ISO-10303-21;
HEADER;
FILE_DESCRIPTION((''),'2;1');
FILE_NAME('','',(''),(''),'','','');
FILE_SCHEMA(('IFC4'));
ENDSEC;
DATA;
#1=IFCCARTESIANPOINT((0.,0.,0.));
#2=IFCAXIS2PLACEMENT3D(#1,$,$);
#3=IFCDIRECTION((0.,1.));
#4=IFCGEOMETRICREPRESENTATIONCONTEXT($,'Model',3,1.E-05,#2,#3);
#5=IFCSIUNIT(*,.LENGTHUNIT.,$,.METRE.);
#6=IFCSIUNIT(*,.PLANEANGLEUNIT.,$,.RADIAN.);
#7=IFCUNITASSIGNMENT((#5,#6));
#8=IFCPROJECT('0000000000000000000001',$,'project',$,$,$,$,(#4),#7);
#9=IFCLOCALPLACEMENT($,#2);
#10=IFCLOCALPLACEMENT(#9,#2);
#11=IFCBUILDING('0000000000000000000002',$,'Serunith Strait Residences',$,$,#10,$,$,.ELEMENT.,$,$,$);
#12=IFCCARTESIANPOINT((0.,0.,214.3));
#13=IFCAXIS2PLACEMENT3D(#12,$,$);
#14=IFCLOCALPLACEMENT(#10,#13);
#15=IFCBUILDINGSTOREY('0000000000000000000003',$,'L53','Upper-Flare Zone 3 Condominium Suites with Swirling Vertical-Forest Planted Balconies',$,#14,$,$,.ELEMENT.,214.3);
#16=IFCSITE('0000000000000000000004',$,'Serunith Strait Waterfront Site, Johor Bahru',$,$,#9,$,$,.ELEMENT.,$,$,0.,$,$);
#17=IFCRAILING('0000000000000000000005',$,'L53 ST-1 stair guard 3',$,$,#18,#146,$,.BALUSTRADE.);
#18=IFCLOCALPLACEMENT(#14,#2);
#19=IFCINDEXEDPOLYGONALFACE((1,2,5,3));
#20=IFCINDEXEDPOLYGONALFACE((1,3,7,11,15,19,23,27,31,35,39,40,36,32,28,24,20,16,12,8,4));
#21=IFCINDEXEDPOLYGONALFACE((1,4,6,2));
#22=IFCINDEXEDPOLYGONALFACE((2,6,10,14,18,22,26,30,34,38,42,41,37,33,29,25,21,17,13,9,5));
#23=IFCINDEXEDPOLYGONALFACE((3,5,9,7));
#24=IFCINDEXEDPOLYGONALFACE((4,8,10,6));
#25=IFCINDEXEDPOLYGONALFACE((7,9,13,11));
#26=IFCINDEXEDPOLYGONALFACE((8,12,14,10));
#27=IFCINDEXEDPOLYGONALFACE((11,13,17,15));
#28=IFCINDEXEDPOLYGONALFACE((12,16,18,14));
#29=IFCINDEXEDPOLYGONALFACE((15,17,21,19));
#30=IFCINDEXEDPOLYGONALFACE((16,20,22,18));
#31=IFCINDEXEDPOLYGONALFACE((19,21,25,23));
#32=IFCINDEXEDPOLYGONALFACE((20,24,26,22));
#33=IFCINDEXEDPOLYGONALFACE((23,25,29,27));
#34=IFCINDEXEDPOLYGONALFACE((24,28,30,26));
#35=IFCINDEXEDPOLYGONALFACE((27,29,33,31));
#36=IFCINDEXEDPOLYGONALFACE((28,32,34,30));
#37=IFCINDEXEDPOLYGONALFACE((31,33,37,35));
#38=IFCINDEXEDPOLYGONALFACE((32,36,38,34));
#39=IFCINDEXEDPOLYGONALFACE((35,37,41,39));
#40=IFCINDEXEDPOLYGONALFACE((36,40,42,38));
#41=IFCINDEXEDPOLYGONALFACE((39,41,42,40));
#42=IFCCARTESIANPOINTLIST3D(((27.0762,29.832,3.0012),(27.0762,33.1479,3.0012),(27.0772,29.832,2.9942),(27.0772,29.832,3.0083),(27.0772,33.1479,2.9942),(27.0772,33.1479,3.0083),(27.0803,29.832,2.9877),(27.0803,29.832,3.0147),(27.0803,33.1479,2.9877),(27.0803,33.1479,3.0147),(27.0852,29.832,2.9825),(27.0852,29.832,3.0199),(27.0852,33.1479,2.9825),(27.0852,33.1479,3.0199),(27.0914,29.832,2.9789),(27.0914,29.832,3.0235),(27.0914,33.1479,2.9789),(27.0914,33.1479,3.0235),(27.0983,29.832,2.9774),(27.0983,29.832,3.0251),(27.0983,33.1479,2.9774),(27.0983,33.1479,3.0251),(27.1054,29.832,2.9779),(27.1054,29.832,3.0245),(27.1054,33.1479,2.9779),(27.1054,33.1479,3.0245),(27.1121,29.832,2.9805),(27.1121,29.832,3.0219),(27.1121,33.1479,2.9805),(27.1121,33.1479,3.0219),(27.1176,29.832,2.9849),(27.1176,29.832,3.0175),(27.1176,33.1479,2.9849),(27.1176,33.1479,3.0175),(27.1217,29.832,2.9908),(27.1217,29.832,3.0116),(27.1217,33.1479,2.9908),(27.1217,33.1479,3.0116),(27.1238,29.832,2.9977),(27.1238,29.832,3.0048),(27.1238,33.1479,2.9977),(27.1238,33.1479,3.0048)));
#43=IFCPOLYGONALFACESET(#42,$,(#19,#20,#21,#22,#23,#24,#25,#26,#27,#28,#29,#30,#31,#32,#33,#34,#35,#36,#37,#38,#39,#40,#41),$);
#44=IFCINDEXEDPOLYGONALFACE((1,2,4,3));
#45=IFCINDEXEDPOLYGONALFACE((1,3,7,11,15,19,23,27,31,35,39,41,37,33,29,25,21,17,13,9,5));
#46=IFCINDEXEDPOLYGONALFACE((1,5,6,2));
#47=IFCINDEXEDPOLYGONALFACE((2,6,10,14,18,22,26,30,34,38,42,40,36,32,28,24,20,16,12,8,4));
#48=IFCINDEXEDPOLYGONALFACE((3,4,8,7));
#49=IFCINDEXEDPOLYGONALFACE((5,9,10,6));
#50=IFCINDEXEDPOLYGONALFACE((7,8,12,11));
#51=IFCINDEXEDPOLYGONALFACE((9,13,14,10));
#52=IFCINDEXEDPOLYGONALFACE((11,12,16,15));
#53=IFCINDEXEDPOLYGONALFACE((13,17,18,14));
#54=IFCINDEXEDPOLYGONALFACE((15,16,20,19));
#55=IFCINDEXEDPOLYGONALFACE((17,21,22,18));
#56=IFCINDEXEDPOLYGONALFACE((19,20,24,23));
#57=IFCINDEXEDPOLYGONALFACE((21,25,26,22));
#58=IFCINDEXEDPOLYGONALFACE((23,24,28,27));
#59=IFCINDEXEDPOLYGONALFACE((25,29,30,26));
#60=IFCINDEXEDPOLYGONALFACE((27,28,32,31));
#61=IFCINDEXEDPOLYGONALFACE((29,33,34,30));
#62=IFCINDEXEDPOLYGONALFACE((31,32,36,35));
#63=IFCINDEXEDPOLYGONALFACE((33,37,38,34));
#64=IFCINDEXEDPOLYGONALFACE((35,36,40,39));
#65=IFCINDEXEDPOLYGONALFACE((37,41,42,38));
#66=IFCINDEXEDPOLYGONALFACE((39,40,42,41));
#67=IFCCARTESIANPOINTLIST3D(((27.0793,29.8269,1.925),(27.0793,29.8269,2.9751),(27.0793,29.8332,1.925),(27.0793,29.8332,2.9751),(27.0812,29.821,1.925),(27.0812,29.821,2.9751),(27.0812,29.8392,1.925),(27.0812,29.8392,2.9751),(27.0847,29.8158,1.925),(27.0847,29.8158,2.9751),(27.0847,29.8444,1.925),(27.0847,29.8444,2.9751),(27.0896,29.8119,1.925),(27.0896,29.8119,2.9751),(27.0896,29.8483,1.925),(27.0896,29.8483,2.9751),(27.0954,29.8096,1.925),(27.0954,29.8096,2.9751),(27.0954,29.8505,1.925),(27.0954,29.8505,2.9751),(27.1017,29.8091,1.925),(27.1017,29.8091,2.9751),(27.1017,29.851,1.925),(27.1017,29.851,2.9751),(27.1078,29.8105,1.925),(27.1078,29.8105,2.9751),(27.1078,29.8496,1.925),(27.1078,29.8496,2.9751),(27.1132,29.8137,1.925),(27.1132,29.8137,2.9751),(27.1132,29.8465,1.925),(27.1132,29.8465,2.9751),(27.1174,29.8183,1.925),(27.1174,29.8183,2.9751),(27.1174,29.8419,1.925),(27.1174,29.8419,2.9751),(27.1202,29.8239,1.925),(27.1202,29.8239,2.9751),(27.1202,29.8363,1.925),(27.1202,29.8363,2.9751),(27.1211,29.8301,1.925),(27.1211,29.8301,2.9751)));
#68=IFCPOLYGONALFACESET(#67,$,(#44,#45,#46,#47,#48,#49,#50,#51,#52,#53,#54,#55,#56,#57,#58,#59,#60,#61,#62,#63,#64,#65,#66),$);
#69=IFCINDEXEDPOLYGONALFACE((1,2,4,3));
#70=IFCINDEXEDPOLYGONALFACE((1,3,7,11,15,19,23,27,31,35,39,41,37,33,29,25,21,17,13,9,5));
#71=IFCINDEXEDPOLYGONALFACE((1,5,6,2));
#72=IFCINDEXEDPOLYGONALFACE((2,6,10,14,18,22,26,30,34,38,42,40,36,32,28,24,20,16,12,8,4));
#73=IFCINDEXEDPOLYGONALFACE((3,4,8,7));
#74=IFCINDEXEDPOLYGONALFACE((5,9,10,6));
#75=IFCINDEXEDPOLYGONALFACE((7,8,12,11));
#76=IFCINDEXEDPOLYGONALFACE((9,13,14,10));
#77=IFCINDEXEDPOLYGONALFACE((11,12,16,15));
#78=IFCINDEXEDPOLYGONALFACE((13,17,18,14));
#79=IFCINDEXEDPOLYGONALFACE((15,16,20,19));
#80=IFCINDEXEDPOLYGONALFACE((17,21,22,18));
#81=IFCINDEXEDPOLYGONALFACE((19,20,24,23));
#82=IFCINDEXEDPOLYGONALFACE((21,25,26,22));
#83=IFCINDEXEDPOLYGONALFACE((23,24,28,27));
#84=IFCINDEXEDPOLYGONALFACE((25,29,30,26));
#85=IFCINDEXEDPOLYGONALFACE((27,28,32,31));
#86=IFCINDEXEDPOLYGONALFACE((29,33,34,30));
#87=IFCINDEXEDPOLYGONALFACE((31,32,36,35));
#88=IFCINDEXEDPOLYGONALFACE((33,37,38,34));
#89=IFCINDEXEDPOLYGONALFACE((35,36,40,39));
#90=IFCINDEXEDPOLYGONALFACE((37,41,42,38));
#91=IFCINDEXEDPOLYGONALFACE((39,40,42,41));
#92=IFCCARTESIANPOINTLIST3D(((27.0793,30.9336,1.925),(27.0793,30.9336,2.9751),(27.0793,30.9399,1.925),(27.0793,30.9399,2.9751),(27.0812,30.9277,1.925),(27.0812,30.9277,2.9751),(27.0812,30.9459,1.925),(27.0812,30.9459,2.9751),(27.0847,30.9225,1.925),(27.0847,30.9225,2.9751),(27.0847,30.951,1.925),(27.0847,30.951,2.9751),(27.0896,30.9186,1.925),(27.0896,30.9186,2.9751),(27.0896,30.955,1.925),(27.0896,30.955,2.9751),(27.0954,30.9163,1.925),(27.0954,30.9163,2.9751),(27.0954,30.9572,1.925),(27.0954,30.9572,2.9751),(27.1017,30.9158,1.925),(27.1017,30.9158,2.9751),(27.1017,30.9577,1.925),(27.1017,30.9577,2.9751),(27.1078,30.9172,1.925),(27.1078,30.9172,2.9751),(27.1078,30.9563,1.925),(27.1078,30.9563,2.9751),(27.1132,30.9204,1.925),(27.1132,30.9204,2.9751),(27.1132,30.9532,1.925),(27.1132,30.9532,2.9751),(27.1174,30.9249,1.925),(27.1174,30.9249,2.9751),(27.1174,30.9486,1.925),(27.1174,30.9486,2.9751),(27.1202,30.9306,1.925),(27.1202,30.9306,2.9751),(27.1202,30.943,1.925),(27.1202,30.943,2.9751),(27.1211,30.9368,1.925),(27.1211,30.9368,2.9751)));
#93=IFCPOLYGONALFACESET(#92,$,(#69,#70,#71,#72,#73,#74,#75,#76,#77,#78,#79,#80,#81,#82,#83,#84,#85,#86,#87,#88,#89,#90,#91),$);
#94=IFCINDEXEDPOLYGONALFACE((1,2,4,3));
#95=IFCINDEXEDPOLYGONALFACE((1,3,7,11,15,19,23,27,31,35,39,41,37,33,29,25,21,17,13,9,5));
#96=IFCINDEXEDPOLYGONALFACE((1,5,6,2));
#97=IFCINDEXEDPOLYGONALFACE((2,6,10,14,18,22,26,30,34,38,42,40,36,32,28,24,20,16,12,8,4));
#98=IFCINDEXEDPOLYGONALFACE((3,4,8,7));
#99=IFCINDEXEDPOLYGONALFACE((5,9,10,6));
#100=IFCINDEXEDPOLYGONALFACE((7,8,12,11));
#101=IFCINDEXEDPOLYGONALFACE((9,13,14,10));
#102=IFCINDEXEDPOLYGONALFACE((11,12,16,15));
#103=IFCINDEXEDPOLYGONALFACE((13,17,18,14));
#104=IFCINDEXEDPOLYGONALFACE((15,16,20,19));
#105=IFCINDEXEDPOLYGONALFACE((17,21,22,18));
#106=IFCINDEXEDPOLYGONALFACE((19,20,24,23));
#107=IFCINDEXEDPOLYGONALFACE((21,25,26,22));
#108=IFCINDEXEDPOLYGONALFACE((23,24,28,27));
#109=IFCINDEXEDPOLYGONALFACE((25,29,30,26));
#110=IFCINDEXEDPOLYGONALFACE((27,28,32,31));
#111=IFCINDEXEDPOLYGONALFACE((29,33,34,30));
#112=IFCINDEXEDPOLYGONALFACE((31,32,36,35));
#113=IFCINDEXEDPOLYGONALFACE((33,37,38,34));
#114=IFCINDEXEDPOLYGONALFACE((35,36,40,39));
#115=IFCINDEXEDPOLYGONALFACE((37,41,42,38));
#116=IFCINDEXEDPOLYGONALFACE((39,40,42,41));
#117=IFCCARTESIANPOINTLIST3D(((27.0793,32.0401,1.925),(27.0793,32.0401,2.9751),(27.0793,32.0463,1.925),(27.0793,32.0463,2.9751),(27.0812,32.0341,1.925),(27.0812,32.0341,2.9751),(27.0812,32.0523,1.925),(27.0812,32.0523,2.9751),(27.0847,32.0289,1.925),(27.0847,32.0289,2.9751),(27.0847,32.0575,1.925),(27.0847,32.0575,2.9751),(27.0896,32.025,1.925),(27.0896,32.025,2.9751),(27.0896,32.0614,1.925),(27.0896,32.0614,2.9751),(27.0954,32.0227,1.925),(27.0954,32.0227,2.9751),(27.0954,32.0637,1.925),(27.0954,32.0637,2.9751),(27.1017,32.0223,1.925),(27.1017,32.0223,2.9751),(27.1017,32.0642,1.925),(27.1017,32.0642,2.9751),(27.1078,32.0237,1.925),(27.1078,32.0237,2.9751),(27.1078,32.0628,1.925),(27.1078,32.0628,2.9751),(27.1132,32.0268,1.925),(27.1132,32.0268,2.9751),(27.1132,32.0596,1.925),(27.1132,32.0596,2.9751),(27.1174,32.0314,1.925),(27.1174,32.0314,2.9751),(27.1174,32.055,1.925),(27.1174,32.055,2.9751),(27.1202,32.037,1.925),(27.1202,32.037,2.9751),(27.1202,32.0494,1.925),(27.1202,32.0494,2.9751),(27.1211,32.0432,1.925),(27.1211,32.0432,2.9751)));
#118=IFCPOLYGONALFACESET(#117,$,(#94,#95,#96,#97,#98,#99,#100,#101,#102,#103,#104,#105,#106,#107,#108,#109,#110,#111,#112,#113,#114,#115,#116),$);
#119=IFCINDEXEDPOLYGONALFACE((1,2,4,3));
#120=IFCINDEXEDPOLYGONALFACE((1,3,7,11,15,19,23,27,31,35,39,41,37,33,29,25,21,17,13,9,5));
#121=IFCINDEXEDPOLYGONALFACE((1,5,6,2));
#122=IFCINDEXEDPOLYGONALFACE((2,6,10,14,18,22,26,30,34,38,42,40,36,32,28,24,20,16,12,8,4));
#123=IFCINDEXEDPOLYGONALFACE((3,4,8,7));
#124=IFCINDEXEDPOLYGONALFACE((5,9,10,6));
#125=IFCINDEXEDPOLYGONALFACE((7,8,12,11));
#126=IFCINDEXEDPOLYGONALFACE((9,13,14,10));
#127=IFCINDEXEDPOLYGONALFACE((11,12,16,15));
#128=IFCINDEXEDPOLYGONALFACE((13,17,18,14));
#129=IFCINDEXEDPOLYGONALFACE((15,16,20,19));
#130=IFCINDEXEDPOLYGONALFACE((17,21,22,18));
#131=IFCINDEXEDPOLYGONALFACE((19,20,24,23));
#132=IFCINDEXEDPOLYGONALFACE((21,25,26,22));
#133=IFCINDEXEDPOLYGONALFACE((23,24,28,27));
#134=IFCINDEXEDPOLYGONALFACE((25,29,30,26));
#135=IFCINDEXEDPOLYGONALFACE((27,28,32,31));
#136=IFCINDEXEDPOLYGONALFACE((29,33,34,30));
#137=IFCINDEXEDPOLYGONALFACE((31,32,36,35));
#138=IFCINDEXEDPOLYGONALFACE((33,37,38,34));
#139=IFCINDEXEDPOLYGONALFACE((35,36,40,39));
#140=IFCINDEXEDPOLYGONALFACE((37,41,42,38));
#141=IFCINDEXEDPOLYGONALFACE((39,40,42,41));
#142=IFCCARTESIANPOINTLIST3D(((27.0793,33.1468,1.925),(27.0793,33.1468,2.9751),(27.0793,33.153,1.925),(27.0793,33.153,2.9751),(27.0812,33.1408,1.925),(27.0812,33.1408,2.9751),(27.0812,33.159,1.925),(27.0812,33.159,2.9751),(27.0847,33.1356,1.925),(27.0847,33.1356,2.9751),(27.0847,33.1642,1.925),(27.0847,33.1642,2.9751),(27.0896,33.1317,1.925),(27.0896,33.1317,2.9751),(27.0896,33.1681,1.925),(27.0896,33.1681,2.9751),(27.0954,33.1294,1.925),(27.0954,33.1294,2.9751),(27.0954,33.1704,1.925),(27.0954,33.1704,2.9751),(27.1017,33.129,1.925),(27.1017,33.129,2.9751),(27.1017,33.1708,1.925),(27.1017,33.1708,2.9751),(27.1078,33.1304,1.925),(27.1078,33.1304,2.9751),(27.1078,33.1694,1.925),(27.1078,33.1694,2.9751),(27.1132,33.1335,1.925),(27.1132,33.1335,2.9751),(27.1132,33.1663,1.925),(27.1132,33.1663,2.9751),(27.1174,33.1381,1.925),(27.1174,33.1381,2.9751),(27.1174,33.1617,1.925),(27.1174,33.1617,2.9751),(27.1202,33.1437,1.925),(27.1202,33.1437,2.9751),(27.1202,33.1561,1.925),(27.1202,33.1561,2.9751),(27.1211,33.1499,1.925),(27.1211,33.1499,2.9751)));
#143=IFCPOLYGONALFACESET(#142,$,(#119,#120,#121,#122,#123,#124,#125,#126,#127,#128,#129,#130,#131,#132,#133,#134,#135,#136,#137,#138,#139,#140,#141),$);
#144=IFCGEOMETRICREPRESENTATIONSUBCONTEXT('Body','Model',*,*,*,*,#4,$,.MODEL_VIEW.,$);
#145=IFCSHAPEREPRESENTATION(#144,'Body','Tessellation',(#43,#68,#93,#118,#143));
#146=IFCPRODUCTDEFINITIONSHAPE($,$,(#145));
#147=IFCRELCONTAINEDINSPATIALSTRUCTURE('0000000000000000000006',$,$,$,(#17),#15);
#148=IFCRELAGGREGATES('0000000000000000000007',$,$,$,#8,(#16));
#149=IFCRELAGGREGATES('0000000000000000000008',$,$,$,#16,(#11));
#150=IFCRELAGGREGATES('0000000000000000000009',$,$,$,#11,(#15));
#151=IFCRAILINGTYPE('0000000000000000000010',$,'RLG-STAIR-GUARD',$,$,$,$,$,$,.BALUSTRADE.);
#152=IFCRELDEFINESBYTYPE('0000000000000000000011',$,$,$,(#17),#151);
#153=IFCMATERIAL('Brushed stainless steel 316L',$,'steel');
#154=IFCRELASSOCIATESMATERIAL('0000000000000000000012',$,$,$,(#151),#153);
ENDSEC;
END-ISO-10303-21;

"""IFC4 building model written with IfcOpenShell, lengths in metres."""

from ifc_helpers import new_model, si_unit, direction, frame, origin, origin_2d, place, context, subcontext, project, spatial, circle, extrude, material, type_object, element, save


model = new_model("IFC4")

# Units and contexts
model_context = context("Model", 3, precision=1e-05, world=origin(), true_north=direction((0.0, 1.0)))
body_context = subcontext(model_context, "Body", "Model", "MODEL_VIEW")
ifc_project = project(units=[si_unit("LENGTHUNIT", "METRE"), si_unit("PLANEANGLEUNIT", "RADIAN")], contexts=[model_context])

# Site, building, storey
site_placement = place(None, origin())
site = spatial("IfcSite", under=ifc_project, at=site_placement, Name="Serunith Strait Waterfront Site, Johor Bahru", CompositionType="ELEMENT", RefElevation=0.0)
building_placement = place(site_placement, origin())
building = spatial("IfcBuilding", under=site, at=building_placement, Name="Serunith Strait Residences", CompositionType="ELEMENT")
storey_placement = place(building_placement, frame((0.0, 0.0, 214.3)))
storey = spatial("IfcBuildingStorey", under=building, at=storey_placement, Name="L53", Description="Upper-Flare Zone 3 Condominium Suites with Swirling Vertical-Forest Planted Balconies", CompositionType="ELEMENT", Elevation=214.3)

# Railing
ifc_material_1 = material(Name="Brushed stainless steel 316L", Category="steel")
railing_type_1 = type_object("IfcRailingType", Name="RLG-STAIR-GUARD", PredefinedType="BALUSTRADE", material=ifc_material_1)
for number, where, name in (
    (1, (27.1001, 29.8301, 1.925), "L53 ST-1 stair guard 3"),
):
    element("IfcRailing", number, at=place(storey_placement, frame(where)), inside=storey, type_object=railing_type_1, Name=name, PredefinedType="BALUSTRADE", context=body_context, shape_type="SweptSolid", body=[
        extrude(circle(Radius=0.0239, at=origin_2d()), frame((0.0, 0.002, 1.0762), z_axis=(0.0, 1.0, 0.0), x_axis=(-1.0, 0.0, 0.0)), (0.0, 0.0, 1.0), 3.3159),
        extrude(circle(Radius=0.021, at=origin_2d()), origin(), (0.0, 0.0, 1.0), 1.05),
        extrude(circle(Radius=0.021, at=origin_2d()), frame((0.0, 1.1067, 0.0)), (0.0, 0.0, 1.0), 1.05),
        extrude(circle(Radius=0.021, at=origin_2d()), frame((0.0, 2.2131, 0.0)), (0.0, 0.0, 1.0), 1.05),
        extrude(circle(Radius=0.021, at=origin_2d()), frame((0.0, 3.3198, 0.0)), (0.0, 0.0, 1.0), 1.05),
    ])

save(model, "model.ifc")
